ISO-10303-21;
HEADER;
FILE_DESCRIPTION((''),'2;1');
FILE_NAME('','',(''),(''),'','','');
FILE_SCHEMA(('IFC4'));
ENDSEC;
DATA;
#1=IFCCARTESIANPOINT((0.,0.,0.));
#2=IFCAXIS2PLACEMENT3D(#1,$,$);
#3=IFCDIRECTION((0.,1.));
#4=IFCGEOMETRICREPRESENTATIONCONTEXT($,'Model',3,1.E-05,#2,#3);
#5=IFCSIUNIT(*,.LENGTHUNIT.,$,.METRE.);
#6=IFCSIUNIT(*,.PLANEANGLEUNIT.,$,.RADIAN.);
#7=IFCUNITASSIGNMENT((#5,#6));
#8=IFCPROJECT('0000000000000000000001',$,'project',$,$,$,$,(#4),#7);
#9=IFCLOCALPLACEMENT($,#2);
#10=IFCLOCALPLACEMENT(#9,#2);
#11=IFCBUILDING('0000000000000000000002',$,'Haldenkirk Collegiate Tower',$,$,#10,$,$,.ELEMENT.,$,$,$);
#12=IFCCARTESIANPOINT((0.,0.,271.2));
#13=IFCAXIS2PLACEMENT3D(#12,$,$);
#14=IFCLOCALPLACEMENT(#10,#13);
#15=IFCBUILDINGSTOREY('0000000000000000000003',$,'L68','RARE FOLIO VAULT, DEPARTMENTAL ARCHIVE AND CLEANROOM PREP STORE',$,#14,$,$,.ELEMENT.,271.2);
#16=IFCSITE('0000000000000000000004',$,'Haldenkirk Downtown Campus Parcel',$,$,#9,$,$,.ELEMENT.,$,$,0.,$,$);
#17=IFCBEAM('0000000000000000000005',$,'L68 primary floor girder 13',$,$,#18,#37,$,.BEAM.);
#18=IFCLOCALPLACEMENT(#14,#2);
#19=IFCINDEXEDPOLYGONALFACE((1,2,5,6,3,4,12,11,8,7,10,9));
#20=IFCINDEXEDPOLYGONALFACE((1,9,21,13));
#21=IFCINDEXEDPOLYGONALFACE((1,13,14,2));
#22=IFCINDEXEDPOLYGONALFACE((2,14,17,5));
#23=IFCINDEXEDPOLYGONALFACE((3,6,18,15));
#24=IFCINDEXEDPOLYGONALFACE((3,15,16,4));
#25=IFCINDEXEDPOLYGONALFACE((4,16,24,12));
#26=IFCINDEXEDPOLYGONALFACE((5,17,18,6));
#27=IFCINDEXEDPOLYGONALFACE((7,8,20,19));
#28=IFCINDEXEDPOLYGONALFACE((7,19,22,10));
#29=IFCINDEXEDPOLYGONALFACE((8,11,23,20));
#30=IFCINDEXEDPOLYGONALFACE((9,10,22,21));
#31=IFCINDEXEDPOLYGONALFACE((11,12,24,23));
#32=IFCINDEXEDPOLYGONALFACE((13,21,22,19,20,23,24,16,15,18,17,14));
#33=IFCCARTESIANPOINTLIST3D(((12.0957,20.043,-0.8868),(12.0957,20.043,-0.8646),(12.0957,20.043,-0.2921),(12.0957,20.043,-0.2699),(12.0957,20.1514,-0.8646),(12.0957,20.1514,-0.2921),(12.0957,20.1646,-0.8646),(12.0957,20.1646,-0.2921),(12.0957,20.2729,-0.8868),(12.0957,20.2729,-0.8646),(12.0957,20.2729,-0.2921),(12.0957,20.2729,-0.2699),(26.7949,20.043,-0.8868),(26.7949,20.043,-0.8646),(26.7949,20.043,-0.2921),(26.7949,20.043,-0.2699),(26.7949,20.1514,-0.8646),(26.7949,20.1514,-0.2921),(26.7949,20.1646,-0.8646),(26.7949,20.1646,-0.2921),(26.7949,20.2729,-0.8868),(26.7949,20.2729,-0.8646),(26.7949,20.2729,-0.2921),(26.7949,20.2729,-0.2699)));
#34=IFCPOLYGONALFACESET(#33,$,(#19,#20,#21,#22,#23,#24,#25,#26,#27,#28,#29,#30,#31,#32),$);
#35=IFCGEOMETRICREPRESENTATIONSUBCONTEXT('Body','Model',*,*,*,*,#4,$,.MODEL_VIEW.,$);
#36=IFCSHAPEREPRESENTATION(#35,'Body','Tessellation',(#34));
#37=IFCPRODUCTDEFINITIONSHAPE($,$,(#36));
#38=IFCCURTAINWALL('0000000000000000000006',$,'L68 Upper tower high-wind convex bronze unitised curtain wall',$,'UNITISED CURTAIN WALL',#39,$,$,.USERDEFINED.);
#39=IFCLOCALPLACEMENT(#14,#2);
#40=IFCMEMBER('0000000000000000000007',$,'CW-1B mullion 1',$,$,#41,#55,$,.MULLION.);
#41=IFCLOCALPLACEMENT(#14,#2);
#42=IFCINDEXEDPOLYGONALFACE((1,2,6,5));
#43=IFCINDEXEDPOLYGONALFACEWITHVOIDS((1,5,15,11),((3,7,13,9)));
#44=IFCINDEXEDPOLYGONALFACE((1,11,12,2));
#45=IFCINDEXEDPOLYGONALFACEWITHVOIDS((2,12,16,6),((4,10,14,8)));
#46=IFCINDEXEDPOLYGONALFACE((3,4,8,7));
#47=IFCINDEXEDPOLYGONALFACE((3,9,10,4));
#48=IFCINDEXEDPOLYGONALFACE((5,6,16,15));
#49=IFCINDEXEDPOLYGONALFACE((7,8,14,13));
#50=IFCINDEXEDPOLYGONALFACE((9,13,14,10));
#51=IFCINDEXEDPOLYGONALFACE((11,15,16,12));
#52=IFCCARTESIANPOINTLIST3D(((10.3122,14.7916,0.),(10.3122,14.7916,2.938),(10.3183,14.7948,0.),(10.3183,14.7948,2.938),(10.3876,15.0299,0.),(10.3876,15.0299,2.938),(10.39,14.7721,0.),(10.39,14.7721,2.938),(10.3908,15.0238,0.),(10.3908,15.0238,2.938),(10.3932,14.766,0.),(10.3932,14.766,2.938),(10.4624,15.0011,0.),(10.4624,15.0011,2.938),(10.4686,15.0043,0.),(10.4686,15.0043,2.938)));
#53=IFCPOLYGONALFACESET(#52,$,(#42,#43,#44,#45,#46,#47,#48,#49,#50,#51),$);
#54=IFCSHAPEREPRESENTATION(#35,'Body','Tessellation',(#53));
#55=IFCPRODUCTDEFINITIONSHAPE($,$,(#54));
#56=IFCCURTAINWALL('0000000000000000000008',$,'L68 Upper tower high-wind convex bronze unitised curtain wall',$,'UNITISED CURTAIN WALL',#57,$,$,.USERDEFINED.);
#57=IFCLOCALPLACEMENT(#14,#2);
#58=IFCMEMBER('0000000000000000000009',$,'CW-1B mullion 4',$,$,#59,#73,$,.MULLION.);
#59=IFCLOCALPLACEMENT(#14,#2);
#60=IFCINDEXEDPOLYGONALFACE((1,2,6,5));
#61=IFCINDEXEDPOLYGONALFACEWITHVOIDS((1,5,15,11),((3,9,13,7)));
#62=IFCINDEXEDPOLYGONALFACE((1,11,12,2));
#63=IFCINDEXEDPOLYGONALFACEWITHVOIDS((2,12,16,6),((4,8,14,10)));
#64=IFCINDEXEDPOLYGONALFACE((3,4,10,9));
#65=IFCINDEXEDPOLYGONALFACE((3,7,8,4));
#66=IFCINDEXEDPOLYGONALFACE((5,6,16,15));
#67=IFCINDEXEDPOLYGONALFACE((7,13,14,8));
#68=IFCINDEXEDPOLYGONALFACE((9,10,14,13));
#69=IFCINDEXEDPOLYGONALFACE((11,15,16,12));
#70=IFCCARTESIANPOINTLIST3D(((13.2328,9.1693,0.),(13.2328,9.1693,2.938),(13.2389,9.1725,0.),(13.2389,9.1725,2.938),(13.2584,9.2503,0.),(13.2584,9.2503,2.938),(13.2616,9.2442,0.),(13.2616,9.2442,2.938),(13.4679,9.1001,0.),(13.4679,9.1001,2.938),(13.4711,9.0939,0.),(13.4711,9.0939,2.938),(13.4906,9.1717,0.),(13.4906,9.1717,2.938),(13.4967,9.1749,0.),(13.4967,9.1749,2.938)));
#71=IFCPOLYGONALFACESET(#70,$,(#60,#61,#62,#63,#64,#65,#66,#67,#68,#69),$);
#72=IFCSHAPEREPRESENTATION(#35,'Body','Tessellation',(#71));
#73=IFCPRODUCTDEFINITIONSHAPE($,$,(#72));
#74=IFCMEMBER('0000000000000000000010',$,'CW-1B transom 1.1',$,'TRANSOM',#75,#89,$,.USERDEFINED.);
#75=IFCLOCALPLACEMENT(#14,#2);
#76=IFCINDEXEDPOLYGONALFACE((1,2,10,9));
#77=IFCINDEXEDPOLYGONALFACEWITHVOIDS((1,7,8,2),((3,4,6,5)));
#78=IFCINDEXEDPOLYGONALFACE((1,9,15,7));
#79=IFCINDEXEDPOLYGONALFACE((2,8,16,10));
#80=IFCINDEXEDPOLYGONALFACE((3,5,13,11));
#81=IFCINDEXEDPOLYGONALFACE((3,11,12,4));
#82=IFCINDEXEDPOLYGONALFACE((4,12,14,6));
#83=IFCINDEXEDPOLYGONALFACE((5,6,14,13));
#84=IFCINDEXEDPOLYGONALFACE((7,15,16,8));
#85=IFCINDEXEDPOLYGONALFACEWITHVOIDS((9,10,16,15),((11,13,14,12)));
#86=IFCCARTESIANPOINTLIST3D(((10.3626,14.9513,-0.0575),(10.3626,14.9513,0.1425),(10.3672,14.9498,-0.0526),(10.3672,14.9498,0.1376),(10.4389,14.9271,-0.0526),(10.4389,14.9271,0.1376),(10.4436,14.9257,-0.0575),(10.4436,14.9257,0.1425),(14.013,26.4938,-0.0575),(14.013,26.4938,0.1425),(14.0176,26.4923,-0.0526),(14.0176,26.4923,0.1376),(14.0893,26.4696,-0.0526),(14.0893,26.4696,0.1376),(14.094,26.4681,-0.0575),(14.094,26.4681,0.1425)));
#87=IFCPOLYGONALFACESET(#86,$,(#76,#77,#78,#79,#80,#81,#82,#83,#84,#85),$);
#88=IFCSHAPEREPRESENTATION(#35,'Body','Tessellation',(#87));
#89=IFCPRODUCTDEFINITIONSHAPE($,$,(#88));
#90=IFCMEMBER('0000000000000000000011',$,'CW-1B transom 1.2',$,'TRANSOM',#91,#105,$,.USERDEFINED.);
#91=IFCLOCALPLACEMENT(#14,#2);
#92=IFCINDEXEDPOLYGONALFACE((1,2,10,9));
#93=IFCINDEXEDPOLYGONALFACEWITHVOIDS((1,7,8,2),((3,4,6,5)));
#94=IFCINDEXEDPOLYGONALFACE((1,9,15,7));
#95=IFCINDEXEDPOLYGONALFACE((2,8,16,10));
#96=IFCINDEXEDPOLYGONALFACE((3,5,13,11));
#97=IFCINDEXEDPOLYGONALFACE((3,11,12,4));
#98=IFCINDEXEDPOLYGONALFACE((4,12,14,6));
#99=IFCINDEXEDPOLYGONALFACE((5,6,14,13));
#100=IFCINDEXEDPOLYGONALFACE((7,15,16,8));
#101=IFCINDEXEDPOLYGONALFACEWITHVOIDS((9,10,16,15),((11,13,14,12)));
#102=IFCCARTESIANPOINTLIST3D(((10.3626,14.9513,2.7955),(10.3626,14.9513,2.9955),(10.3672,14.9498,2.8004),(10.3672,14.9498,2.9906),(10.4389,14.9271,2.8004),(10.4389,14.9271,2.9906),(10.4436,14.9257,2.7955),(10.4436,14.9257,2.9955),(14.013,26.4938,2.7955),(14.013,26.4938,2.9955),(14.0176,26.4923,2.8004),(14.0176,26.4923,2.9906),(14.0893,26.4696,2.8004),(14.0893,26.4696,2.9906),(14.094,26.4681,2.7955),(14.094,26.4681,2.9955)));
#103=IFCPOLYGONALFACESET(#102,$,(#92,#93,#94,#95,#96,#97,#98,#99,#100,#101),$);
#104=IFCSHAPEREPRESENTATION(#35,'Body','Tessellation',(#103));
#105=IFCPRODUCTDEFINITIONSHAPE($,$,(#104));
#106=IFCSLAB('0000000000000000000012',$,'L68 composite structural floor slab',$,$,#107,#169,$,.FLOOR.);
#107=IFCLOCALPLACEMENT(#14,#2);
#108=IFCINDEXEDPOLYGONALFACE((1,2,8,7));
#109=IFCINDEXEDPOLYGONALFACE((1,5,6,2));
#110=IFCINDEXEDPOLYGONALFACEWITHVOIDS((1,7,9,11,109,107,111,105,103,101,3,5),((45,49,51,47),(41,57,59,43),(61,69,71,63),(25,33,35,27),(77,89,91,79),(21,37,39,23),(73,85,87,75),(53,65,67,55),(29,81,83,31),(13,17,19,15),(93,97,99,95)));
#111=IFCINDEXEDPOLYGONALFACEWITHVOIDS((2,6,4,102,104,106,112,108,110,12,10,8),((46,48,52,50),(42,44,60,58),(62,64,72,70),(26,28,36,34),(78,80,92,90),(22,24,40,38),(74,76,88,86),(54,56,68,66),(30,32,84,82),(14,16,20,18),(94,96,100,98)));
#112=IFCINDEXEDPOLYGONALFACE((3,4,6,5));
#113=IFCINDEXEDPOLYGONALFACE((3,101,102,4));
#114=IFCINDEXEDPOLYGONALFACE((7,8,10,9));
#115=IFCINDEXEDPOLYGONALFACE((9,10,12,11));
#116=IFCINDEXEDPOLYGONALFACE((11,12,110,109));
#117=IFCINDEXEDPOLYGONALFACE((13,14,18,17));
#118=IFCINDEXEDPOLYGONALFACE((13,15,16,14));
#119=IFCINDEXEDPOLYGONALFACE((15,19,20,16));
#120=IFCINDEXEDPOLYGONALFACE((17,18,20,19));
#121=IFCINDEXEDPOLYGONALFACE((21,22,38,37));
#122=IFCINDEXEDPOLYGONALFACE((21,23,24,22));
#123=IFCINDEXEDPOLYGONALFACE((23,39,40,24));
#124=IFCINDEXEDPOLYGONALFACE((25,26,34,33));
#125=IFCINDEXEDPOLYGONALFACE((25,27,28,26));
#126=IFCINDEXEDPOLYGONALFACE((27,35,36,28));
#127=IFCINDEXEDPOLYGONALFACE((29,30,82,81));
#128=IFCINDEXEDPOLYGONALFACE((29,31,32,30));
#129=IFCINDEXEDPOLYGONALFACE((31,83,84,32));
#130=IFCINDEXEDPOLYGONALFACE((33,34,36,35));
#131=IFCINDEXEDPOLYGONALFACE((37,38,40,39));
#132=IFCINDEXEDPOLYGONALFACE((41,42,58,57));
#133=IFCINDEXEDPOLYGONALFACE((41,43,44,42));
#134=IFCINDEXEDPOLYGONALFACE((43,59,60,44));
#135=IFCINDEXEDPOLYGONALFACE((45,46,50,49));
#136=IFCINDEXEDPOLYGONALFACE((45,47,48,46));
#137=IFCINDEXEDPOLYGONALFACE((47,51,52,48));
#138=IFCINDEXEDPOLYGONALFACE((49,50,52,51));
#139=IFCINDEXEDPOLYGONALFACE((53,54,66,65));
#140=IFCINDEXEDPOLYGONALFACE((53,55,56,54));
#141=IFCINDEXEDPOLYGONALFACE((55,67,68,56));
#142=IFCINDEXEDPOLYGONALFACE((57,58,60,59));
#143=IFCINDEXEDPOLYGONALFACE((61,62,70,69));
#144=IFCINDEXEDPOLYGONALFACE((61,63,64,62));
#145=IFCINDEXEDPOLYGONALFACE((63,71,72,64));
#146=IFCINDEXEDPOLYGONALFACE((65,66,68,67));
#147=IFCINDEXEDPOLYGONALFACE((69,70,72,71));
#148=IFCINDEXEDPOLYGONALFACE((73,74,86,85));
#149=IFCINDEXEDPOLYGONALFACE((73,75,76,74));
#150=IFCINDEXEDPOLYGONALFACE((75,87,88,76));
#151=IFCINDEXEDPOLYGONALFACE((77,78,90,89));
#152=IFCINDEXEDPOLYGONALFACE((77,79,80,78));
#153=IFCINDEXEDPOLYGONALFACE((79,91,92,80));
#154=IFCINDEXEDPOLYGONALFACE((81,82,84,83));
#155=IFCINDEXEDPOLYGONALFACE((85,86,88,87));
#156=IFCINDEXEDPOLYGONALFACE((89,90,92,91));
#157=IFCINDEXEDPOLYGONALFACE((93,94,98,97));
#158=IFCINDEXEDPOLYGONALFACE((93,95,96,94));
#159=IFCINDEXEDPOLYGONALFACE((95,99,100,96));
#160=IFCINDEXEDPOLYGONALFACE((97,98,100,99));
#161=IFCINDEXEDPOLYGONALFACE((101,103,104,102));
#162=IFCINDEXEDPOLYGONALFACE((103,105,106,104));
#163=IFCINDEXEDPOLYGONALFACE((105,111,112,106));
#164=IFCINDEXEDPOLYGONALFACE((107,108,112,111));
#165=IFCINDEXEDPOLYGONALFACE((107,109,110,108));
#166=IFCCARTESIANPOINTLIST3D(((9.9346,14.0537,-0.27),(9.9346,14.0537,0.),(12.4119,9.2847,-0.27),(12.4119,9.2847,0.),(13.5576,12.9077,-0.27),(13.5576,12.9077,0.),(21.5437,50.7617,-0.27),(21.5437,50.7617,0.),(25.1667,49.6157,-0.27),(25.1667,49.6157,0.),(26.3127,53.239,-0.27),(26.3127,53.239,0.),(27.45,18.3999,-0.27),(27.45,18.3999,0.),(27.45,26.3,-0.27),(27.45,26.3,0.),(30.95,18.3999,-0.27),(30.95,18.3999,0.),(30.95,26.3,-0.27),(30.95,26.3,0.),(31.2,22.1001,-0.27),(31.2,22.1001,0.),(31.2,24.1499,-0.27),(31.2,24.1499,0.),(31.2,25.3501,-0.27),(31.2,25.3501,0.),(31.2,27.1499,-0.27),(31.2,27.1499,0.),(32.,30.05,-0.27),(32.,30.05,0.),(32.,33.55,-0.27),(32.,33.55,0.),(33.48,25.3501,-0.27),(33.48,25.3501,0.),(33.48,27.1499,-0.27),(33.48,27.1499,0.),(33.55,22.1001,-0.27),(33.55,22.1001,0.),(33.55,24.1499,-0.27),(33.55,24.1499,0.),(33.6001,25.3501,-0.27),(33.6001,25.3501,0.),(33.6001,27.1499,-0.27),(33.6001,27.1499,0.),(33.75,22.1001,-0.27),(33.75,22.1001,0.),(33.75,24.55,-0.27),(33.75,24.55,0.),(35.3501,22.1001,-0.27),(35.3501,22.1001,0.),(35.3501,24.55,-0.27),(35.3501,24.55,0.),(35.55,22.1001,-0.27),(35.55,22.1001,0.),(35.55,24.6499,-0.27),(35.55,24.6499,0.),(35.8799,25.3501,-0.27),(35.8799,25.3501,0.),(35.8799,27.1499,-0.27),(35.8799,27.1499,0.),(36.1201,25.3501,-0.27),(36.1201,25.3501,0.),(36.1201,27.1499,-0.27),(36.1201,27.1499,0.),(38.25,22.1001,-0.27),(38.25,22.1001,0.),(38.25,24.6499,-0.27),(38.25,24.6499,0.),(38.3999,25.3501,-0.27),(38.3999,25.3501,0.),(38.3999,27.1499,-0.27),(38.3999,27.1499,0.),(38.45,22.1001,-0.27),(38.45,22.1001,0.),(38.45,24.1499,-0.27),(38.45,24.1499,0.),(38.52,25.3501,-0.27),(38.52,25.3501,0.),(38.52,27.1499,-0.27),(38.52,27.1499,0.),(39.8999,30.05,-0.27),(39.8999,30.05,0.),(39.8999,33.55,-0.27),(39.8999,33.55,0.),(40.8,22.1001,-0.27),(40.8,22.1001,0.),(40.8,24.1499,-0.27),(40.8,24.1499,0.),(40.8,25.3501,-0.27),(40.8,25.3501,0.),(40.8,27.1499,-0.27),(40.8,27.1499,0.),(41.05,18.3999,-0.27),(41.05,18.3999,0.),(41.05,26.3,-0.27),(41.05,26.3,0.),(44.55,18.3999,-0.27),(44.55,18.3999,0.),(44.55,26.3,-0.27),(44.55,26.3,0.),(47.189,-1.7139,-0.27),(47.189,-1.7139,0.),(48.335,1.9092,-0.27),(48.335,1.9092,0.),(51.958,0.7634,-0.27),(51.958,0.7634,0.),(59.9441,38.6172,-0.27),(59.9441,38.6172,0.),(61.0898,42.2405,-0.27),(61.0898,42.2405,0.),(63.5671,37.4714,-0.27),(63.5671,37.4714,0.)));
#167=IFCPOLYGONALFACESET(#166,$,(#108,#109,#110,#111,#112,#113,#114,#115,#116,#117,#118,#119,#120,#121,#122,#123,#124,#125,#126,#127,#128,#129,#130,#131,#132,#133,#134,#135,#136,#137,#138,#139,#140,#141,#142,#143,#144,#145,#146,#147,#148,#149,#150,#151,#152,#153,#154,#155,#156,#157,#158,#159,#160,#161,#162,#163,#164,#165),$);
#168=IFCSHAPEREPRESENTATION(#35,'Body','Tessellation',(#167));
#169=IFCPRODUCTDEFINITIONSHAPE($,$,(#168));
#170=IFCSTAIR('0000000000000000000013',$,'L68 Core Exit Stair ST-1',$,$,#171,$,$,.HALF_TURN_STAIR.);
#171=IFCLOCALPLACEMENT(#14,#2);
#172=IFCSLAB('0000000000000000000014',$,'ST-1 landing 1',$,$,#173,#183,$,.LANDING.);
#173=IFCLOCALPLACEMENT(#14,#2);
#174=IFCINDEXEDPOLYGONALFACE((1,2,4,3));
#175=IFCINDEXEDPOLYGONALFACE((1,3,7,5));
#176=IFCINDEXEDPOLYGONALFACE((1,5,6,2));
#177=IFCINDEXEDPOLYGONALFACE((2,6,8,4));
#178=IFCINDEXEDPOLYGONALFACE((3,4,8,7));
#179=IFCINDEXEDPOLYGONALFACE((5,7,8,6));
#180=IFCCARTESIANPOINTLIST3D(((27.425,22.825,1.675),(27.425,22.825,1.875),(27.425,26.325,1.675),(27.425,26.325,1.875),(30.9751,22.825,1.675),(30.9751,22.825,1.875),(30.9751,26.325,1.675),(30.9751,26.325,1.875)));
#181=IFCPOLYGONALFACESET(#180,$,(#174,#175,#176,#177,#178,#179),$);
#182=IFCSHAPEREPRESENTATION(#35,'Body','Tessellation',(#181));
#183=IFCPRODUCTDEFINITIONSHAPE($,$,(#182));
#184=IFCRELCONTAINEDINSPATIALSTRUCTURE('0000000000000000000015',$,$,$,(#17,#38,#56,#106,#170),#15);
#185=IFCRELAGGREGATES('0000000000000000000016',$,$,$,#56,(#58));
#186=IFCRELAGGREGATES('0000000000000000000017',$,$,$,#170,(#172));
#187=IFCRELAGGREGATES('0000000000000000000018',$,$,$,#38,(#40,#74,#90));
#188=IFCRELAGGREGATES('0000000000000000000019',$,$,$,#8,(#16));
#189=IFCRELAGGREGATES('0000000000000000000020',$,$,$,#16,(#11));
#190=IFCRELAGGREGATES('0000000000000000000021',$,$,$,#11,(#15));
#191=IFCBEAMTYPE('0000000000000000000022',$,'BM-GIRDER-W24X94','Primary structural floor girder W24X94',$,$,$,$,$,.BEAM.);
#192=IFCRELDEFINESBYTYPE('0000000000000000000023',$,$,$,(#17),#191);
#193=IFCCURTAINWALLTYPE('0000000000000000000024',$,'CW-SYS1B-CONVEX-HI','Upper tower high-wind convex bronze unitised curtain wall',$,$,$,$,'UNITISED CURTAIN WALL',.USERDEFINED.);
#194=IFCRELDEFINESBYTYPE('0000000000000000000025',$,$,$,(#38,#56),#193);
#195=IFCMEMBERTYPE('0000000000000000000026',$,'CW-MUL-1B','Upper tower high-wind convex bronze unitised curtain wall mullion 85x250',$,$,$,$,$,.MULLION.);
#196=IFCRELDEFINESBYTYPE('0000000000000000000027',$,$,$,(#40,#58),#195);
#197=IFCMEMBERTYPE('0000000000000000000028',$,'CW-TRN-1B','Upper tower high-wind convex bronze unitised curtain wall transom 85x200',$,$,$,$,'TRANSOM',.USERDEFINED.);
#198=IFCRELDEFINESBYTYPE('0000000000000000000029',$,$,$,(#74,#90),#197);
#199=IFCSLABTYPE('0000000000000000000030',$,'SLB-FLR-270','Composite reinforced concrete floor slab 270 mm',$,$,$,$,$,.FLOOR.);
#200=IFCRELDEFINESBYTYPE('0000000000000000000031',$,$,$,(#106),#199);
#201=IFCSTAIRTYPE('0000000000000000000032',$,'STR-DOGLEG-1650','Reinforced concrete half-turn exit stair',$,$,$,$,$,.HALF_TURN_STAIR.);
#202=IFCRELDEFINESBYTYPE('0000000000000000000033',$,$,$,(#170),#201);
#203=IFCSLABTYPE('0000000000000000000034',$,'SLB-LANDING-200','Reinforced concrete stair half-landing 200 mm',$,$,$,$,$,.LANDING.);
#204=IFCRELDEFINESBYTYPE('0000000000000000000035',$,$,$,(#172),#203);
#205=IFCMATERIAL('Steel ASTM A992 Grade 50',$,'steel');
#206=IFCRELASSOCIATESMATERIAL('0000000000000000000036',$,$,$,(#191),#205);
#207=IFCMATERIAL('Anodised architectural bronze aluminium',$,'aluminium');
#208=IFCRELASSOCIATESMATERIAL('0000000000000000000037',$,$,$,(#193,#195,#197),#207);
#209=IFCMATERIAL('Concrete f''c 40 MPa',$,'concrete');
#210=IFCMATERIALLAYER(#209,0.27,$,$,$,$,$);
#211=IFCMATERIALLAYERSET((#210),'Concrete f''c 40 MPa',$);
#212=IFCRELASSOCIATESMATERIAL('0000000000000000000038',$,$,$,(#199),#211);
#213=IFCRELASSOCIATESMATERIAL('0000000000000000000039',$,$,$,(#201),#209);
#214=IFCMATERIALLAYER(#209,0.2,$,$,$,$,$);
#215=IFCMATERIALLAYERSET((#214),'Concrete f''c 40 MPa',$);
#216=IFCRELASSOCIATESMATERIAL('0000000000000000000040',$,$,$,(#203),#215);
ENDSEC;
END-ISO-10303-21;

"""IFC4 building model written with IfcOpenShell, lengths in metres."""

from ifc_helpers import new_model, si_unit, direction, frame, origin, origin_2d, place, context, subcontext, project, spatial, polyline, hollow_rectangle, i_section, outline, extrude, material, layer, layer_set, material_profile, profile_set, type_object, element, aggregate, save


model = new_model("IFC4")

# Units and contexts
model_context = context("Model", 3, precision=1e-05, world=origin(), true_north=direction((0.0, 1.0)))
body_context = subcontext(model_context, "Body", "Model", "MODEL_VIEW")
ifc_project = project(units=[si_unit("LENGTHUNIT", "METRE"), si_unit("PLANEANGLEUNIT", "RADIAN")], contexts=[model_context])

# Site, building, storey
site_placement = place(None, origin())
site = spatial("IfcSite", under=ifc_project, at=site_placement, Name="Haldenkirk Downtown Campus Parcel", CompositionType="ELEMENT", RefElevation=0.0)
building_placement = place(site_placement, origin())
building = spatial("IfcBuilding", under=site, at=building_placement, Name="Haldenkirk Collegiate Tower", CompositionType="ELEMENT")
storey_placement = place(building_placement, frame((0.0, 0.0, 271.2)))
storey = spatial("IfcBuildingStorey", under=building, at=storey_placement, Name="L68", Description="RARE FOLIO VAULT, DEPARTMENTAL ARCHIVE AND CLEANROOM PREP STORE", CompositionType="ELEMENT", Elevation=271.2)

# Beam
ifc_material_1 = material(Name="Steel ASTM A992 Grade 50", Category="steel")
ifc_material_profile_1 = material_profile(ifc_material_1, i_section(OverallWidth=0.23, OverallDepth=0.6169, WebThickness=0.0132, FlangeThickness=0.0222, at=origin_2d()), Name="W24X94")
ifc_profile_set_1 = profile_set([ifc_material_profile_1], Name="Steel ASTM A992 Grade 50")
beam_type = type_object("IfcBeamType", Name="BM-GIRDER-W24X94", Description="Primary structural floor girder W24X94", PredefinedType="BEAM", material=ifc_profile_set_1)
beam_placement = place(storey_placement, frame((12.0957, 20.158, -0.5784), z_axis=(1.0, 0.0, 0.0), x_axis=(0.0, 1.0, 0.0)))
element("IfcBeam", 1, at=beam_placement, inside=storey, type_object=beam_type, Name="L68 primary floor girder 13", PredefinedType="BEAM", context=body_context, shape_type="SweptSolid", body=[
    extrude(i_section(OverallWidth=0.23, OverallDepth=0.6169, WebThickness=0.0132, FlangeThickness=0.0222, at=origin_2d()), origin(), (0.0, 0.0, 1.0), 14.6992),
])

# Curtain walls, members
ifc_material_2 = material(Name="Anodised architectural bronze aluminium", Category="aluminium")
curtain_wall_type = type_object("IfcCurtainWallType", Name="CW-SYS1B-CONVEX-HI", Description="Upper tower high-wind convex bronze unitised curtain wall", ElementType="UNITISED CURTAIN WALL", PredefinedType="USERDEFINED", material=ifc_material_2)
curtain_wall_1_placement = place(storey_placement, origin())
curtain_wall_1 = element("IfcCurtainWall", 2, at=curtain_wall_1_placement, inside=storey, type_object=curtain_wall_type, Name="L68 Upper tower high-wind convex bronze unitised curtain wall", ObjectType="UNITISED CURTAIN WALL", PredefinedType="USERDEFINED")
ifc_material_profile_2 = material_profile(ifc_material_2, hollow_rectangle(XDim=0.085, YDim=0.25, WallThickness=0.0049, at=origin_2d()), Name="CW-MUL-1B")
ifc_profile_set_2 = profile_set([ifc_material_profile_2], Name="Anodised architectural bronze aluminium")
member_type_1 = type_object("IfcMemberType", Name="CW-MUL-1B", Description="Upper tower high-wind convex bronze unitised curtain wall mullion 85x250", PredefinedType="MULLION", material=ifc_profile_set_2)
member_1_placement = place(storey_placement, frame((10.3904, 14.8979, 0.0), z_axis=(0.0, 0.0, 1.0), x_axis=(-0.953455, 0.301537, 0.0)))
member_1 = element("IfcMember", 3, at=member_1_placement, type_object=member_type_1, Name="CW-1B mullion 1", PredefinedType="MULLION", context=body_context, shape_type="SweptSolid", body=[
    extrude(hollow_rectangle(XDim=0.085, YDim=0.25, WallThickness=0.0049, at=origin_2d()), origin(), (0.0, 0.0, 1.0), 2.938),
])
curtain_wall_2_placement = place(storey_placement, origin())
curtain_wall_2 = element("IfcCurtainWall", 4, at=curtain_wall_2_placement, inside=storey, type_object=curtain_wall_type, Name="L68 Upper tower high-wind convex bronze unitised curtain wall", ObjectType="UNITISED CURTAIN WALL", PredefinedType="USERDEFINED")
member_2_placement = place(storey_placement, frame((13.3647, 9.1721, 0.0), z_axis=(0.0, 0.0, 1.0), x_axis=(-0.301537, -0.953454, 0.0)))
member_2 = element("IfcMember", 5, at=member_2_placement, type_object=member_type_1, Name="CW-1B mullion 4", PredefinedType="MULLION", context=body_context, shape_type="SweptSolid", body=[
    extrude(hollow_rectangle(XDim=0.085, YDim=0.25, WallThickness=0.0049, at=origin_2d()), origin(), (0.0, 0.0, 1.0), 2.938),
])
aggregate(curtain_wall_2, [member_2])

# Members
ifc_material_profile_3 = material_profile(ifc_material_2, hollow_rectangle(XDim=0.085, YDim=0.2, WallThickness=0.0049, at=origin_2d()), Name="CW-TRN-1B")
ifc_profile_set_3 = profile_set([ifc_material_profile_3], Name="Anodised architectural bronze aluminium")
member_type_2 = type_object("IfcMemberType", Name="CW-TRN-1B", Description="Upper tower high-wind convex bronze unitised curtain wall transom 85x200", ElementType="TRANSOM", PredefinedType="USERDEFINED", material=ifc_profile_set_3)
member_3_placement = place(storey_placement, frame((10.4031, 14.9385, 0.0425), z_axis=(0.301537, 0.953455, 0.0), x_axis=(-0.953455, 0.301537, 0.0)))
member_3 = element("IfcMember", 6, at=member_3_placement, type_object=member_type_2, Name="CW-1B transom 1.1", ObjectType="TRANSOM", PredefinedType="USERDEFINED", context=body_context, shape_type="SweptSolid", body=[
    extrude(hollow_rectangle(XDim=0.085, YDim=0.2, WallThickness=0.0049, at=origin_2d()), origin(), (0.0, 0.0, 1.0), 12.106),
])
member_4_placement = place(storey_placement, frame((10.4031, 14.9385, 2.8955), z_axis=(0.301537, 0.953455, 0.0), x_axis=(-0.953455, 0.301537, 0.0)))
member_4 = element("IfcMember", 7, at=member_4_placement, type_object=member_type_2, Name="CW-1B transom 1.2", ObjectType="TRANSOM", PredefinedType="USERDEFINED", context=body_context, shape_type="SweptSolid", body=[
    extrude(hollow_rectangle(XDim=0.085, YDim=0.2, WallThickness=0.0049, at=origin_2d()), origin(), (0.0, 0.0, 1.0), 12.106),
])

# Slab
ifc_material_3 = material(Name="Concrete f'c 40 MPa", Category="concrete")
ifc_layer_1 = layer(ifc_material_3, 0.27)
ifc_layer_set_1 = layer_set([ifc_layer_1], Name="Concrete f'c 40 MPa")
slab_type_1 = type_object("IfcSlabType", Name="SLB-FLR-270", Description="Composite reinforced concrete floor slab 270 mm", PredefinedType="FLOOR", material=ifc_layer_set_1)
slab_1_placement = place(storey_placement, frame((0.0, 0.0, -0.27)))
element("IfcSlab", 8, at=slab_1_placement, inside=storey, type_object=slab_type_1, Name="L68 composite structural floor slab", PredefinedType="FLOOR", context=body_context, shape_type="SweptSolid", body=[
    extrude(outline(polyline([(51.958, 0.7634), (63.5671, 37.4714), (59.9441, 38.6172), (61.0898, 42.2405), (26.3127, 53.239), (25.1667, 49.6157), (21.5437, 50.7617), (9.9346, 14.0537), (13.5576, 12.9077), (12.4119, 9.2847), (47.189, -1.7139), (48.335, 1.9092), (51.958, 0.7634)]), holes=[polyline([(27.45, 18.3999), (30.95, 18.3999), (30.95, 26.3), (27.45, 26.3), (27.45, 18.3999)]), polyline([(41.05, 18.3999), (44.55, 18.3999), (44.55, 26.3), (41.05, 26.3), (41.05, 18.3999)]), polyline([(32.0, 30.05), (39.8999, 30.05), (39.8999, 33.55), (32.0, 33.55), (32.0, 30.05)]), polyline([(33.75, 22.1001), (35.3501, 22.1001), (35.3501, 24.55), (33.75, 24.55), (33.75, 22.1001)]), polyline([(31.2, 25.3501), (33.48, 25.3501), (33.48, 27.1499), (31.2, 27.1499), (31.2, 25.3501)]), polyline([(33.6001, 25.3501), (35.8799, 25.3501), (35.8799, 27.1499), (33.6001, 27.1499), (33.6001, 25.3501)]), polyline([(36.1201, 25.3501), (38.3999, 25.3501), (38.3999, 27.1499), (36.1201, 27.1499), (36.1201, 25.3501)]), polyline([(38.52, 25.3501), (40.8, 25.3501), (40.8, 27.1499), (38.52, 27.1499), (38.52, 25.3501)]), polyline([(31.2, 22.1001), (33.55, 22.1001), (33.55, 24.1499), (31.2, 24.1499), (31.2, 22.1001)]), polyline([(38.45, 22.1001), (40.8, 22.1001), (40.8, 24.1499), (38.45, 24.1499), (38.45, 22.1001)]), polyline([(35.55, 22.1001), (38.25, 22.1001), (38.25, 24.6499), (35.55, 24.6499), (35.55, 22.1001)])]), origin(), (0.0, 0.0, 1.0), 0.27),
])

# Stair, slab
stair_type = type_object("IfcStairType", Name="STR-DOGLEG-1650", Description="Reinforced concrete half-turn exit stair", PredefinedType="HALF_TURN_STAIR", material=ifc_material_3)
stair_1_placement = place(storey_placement, origin())
stair_1 = element("IfcStair", 9, at=stair_1_placement, inside=storey, type_object=stair_type, Name="L68 Core Exit Stair ST-1", PredefinedType="HALF_TURN_STAIR")
ifc_layer_2 = layer(ifc_material_3, 0.2)
ifc_layer_set_2 = layer_set([ifc_layer_2], Name="Concrete f'c 40 MPa")
slab_type_2 = type_object("IfcSlabType", Name="SLB-LANDING-200", Description="Reinforced concrete stair half-landing 200 mm", PredefinedType="LANDING", material=ifc_layer_set_2)
slab_2_placement = place(storey_placement, frame((0.0, 0.0, 1.675)))
slab_2 = element("IfcSlab", 10, at=slab_2_placement, type_object=slab_type_2, Name="ST-1 landing 1", PredefinedType="LANDING", context=body_context, shape_type="SweptSolid", body=[
    extrude(outline(polyline([(30.9751, 22.825), (27.425, 22.825), (27.425, 26.325), (30.9751, 26.325), (30.9751, 22.825)])), origin(), (0.0, 0.0, 1.0), 0.2),
])
aggregate(stair_1, [slab_2])

aggregate(curtain_wall_1, [member_1, member_3, member_4])

save(model, "model.ifc")
